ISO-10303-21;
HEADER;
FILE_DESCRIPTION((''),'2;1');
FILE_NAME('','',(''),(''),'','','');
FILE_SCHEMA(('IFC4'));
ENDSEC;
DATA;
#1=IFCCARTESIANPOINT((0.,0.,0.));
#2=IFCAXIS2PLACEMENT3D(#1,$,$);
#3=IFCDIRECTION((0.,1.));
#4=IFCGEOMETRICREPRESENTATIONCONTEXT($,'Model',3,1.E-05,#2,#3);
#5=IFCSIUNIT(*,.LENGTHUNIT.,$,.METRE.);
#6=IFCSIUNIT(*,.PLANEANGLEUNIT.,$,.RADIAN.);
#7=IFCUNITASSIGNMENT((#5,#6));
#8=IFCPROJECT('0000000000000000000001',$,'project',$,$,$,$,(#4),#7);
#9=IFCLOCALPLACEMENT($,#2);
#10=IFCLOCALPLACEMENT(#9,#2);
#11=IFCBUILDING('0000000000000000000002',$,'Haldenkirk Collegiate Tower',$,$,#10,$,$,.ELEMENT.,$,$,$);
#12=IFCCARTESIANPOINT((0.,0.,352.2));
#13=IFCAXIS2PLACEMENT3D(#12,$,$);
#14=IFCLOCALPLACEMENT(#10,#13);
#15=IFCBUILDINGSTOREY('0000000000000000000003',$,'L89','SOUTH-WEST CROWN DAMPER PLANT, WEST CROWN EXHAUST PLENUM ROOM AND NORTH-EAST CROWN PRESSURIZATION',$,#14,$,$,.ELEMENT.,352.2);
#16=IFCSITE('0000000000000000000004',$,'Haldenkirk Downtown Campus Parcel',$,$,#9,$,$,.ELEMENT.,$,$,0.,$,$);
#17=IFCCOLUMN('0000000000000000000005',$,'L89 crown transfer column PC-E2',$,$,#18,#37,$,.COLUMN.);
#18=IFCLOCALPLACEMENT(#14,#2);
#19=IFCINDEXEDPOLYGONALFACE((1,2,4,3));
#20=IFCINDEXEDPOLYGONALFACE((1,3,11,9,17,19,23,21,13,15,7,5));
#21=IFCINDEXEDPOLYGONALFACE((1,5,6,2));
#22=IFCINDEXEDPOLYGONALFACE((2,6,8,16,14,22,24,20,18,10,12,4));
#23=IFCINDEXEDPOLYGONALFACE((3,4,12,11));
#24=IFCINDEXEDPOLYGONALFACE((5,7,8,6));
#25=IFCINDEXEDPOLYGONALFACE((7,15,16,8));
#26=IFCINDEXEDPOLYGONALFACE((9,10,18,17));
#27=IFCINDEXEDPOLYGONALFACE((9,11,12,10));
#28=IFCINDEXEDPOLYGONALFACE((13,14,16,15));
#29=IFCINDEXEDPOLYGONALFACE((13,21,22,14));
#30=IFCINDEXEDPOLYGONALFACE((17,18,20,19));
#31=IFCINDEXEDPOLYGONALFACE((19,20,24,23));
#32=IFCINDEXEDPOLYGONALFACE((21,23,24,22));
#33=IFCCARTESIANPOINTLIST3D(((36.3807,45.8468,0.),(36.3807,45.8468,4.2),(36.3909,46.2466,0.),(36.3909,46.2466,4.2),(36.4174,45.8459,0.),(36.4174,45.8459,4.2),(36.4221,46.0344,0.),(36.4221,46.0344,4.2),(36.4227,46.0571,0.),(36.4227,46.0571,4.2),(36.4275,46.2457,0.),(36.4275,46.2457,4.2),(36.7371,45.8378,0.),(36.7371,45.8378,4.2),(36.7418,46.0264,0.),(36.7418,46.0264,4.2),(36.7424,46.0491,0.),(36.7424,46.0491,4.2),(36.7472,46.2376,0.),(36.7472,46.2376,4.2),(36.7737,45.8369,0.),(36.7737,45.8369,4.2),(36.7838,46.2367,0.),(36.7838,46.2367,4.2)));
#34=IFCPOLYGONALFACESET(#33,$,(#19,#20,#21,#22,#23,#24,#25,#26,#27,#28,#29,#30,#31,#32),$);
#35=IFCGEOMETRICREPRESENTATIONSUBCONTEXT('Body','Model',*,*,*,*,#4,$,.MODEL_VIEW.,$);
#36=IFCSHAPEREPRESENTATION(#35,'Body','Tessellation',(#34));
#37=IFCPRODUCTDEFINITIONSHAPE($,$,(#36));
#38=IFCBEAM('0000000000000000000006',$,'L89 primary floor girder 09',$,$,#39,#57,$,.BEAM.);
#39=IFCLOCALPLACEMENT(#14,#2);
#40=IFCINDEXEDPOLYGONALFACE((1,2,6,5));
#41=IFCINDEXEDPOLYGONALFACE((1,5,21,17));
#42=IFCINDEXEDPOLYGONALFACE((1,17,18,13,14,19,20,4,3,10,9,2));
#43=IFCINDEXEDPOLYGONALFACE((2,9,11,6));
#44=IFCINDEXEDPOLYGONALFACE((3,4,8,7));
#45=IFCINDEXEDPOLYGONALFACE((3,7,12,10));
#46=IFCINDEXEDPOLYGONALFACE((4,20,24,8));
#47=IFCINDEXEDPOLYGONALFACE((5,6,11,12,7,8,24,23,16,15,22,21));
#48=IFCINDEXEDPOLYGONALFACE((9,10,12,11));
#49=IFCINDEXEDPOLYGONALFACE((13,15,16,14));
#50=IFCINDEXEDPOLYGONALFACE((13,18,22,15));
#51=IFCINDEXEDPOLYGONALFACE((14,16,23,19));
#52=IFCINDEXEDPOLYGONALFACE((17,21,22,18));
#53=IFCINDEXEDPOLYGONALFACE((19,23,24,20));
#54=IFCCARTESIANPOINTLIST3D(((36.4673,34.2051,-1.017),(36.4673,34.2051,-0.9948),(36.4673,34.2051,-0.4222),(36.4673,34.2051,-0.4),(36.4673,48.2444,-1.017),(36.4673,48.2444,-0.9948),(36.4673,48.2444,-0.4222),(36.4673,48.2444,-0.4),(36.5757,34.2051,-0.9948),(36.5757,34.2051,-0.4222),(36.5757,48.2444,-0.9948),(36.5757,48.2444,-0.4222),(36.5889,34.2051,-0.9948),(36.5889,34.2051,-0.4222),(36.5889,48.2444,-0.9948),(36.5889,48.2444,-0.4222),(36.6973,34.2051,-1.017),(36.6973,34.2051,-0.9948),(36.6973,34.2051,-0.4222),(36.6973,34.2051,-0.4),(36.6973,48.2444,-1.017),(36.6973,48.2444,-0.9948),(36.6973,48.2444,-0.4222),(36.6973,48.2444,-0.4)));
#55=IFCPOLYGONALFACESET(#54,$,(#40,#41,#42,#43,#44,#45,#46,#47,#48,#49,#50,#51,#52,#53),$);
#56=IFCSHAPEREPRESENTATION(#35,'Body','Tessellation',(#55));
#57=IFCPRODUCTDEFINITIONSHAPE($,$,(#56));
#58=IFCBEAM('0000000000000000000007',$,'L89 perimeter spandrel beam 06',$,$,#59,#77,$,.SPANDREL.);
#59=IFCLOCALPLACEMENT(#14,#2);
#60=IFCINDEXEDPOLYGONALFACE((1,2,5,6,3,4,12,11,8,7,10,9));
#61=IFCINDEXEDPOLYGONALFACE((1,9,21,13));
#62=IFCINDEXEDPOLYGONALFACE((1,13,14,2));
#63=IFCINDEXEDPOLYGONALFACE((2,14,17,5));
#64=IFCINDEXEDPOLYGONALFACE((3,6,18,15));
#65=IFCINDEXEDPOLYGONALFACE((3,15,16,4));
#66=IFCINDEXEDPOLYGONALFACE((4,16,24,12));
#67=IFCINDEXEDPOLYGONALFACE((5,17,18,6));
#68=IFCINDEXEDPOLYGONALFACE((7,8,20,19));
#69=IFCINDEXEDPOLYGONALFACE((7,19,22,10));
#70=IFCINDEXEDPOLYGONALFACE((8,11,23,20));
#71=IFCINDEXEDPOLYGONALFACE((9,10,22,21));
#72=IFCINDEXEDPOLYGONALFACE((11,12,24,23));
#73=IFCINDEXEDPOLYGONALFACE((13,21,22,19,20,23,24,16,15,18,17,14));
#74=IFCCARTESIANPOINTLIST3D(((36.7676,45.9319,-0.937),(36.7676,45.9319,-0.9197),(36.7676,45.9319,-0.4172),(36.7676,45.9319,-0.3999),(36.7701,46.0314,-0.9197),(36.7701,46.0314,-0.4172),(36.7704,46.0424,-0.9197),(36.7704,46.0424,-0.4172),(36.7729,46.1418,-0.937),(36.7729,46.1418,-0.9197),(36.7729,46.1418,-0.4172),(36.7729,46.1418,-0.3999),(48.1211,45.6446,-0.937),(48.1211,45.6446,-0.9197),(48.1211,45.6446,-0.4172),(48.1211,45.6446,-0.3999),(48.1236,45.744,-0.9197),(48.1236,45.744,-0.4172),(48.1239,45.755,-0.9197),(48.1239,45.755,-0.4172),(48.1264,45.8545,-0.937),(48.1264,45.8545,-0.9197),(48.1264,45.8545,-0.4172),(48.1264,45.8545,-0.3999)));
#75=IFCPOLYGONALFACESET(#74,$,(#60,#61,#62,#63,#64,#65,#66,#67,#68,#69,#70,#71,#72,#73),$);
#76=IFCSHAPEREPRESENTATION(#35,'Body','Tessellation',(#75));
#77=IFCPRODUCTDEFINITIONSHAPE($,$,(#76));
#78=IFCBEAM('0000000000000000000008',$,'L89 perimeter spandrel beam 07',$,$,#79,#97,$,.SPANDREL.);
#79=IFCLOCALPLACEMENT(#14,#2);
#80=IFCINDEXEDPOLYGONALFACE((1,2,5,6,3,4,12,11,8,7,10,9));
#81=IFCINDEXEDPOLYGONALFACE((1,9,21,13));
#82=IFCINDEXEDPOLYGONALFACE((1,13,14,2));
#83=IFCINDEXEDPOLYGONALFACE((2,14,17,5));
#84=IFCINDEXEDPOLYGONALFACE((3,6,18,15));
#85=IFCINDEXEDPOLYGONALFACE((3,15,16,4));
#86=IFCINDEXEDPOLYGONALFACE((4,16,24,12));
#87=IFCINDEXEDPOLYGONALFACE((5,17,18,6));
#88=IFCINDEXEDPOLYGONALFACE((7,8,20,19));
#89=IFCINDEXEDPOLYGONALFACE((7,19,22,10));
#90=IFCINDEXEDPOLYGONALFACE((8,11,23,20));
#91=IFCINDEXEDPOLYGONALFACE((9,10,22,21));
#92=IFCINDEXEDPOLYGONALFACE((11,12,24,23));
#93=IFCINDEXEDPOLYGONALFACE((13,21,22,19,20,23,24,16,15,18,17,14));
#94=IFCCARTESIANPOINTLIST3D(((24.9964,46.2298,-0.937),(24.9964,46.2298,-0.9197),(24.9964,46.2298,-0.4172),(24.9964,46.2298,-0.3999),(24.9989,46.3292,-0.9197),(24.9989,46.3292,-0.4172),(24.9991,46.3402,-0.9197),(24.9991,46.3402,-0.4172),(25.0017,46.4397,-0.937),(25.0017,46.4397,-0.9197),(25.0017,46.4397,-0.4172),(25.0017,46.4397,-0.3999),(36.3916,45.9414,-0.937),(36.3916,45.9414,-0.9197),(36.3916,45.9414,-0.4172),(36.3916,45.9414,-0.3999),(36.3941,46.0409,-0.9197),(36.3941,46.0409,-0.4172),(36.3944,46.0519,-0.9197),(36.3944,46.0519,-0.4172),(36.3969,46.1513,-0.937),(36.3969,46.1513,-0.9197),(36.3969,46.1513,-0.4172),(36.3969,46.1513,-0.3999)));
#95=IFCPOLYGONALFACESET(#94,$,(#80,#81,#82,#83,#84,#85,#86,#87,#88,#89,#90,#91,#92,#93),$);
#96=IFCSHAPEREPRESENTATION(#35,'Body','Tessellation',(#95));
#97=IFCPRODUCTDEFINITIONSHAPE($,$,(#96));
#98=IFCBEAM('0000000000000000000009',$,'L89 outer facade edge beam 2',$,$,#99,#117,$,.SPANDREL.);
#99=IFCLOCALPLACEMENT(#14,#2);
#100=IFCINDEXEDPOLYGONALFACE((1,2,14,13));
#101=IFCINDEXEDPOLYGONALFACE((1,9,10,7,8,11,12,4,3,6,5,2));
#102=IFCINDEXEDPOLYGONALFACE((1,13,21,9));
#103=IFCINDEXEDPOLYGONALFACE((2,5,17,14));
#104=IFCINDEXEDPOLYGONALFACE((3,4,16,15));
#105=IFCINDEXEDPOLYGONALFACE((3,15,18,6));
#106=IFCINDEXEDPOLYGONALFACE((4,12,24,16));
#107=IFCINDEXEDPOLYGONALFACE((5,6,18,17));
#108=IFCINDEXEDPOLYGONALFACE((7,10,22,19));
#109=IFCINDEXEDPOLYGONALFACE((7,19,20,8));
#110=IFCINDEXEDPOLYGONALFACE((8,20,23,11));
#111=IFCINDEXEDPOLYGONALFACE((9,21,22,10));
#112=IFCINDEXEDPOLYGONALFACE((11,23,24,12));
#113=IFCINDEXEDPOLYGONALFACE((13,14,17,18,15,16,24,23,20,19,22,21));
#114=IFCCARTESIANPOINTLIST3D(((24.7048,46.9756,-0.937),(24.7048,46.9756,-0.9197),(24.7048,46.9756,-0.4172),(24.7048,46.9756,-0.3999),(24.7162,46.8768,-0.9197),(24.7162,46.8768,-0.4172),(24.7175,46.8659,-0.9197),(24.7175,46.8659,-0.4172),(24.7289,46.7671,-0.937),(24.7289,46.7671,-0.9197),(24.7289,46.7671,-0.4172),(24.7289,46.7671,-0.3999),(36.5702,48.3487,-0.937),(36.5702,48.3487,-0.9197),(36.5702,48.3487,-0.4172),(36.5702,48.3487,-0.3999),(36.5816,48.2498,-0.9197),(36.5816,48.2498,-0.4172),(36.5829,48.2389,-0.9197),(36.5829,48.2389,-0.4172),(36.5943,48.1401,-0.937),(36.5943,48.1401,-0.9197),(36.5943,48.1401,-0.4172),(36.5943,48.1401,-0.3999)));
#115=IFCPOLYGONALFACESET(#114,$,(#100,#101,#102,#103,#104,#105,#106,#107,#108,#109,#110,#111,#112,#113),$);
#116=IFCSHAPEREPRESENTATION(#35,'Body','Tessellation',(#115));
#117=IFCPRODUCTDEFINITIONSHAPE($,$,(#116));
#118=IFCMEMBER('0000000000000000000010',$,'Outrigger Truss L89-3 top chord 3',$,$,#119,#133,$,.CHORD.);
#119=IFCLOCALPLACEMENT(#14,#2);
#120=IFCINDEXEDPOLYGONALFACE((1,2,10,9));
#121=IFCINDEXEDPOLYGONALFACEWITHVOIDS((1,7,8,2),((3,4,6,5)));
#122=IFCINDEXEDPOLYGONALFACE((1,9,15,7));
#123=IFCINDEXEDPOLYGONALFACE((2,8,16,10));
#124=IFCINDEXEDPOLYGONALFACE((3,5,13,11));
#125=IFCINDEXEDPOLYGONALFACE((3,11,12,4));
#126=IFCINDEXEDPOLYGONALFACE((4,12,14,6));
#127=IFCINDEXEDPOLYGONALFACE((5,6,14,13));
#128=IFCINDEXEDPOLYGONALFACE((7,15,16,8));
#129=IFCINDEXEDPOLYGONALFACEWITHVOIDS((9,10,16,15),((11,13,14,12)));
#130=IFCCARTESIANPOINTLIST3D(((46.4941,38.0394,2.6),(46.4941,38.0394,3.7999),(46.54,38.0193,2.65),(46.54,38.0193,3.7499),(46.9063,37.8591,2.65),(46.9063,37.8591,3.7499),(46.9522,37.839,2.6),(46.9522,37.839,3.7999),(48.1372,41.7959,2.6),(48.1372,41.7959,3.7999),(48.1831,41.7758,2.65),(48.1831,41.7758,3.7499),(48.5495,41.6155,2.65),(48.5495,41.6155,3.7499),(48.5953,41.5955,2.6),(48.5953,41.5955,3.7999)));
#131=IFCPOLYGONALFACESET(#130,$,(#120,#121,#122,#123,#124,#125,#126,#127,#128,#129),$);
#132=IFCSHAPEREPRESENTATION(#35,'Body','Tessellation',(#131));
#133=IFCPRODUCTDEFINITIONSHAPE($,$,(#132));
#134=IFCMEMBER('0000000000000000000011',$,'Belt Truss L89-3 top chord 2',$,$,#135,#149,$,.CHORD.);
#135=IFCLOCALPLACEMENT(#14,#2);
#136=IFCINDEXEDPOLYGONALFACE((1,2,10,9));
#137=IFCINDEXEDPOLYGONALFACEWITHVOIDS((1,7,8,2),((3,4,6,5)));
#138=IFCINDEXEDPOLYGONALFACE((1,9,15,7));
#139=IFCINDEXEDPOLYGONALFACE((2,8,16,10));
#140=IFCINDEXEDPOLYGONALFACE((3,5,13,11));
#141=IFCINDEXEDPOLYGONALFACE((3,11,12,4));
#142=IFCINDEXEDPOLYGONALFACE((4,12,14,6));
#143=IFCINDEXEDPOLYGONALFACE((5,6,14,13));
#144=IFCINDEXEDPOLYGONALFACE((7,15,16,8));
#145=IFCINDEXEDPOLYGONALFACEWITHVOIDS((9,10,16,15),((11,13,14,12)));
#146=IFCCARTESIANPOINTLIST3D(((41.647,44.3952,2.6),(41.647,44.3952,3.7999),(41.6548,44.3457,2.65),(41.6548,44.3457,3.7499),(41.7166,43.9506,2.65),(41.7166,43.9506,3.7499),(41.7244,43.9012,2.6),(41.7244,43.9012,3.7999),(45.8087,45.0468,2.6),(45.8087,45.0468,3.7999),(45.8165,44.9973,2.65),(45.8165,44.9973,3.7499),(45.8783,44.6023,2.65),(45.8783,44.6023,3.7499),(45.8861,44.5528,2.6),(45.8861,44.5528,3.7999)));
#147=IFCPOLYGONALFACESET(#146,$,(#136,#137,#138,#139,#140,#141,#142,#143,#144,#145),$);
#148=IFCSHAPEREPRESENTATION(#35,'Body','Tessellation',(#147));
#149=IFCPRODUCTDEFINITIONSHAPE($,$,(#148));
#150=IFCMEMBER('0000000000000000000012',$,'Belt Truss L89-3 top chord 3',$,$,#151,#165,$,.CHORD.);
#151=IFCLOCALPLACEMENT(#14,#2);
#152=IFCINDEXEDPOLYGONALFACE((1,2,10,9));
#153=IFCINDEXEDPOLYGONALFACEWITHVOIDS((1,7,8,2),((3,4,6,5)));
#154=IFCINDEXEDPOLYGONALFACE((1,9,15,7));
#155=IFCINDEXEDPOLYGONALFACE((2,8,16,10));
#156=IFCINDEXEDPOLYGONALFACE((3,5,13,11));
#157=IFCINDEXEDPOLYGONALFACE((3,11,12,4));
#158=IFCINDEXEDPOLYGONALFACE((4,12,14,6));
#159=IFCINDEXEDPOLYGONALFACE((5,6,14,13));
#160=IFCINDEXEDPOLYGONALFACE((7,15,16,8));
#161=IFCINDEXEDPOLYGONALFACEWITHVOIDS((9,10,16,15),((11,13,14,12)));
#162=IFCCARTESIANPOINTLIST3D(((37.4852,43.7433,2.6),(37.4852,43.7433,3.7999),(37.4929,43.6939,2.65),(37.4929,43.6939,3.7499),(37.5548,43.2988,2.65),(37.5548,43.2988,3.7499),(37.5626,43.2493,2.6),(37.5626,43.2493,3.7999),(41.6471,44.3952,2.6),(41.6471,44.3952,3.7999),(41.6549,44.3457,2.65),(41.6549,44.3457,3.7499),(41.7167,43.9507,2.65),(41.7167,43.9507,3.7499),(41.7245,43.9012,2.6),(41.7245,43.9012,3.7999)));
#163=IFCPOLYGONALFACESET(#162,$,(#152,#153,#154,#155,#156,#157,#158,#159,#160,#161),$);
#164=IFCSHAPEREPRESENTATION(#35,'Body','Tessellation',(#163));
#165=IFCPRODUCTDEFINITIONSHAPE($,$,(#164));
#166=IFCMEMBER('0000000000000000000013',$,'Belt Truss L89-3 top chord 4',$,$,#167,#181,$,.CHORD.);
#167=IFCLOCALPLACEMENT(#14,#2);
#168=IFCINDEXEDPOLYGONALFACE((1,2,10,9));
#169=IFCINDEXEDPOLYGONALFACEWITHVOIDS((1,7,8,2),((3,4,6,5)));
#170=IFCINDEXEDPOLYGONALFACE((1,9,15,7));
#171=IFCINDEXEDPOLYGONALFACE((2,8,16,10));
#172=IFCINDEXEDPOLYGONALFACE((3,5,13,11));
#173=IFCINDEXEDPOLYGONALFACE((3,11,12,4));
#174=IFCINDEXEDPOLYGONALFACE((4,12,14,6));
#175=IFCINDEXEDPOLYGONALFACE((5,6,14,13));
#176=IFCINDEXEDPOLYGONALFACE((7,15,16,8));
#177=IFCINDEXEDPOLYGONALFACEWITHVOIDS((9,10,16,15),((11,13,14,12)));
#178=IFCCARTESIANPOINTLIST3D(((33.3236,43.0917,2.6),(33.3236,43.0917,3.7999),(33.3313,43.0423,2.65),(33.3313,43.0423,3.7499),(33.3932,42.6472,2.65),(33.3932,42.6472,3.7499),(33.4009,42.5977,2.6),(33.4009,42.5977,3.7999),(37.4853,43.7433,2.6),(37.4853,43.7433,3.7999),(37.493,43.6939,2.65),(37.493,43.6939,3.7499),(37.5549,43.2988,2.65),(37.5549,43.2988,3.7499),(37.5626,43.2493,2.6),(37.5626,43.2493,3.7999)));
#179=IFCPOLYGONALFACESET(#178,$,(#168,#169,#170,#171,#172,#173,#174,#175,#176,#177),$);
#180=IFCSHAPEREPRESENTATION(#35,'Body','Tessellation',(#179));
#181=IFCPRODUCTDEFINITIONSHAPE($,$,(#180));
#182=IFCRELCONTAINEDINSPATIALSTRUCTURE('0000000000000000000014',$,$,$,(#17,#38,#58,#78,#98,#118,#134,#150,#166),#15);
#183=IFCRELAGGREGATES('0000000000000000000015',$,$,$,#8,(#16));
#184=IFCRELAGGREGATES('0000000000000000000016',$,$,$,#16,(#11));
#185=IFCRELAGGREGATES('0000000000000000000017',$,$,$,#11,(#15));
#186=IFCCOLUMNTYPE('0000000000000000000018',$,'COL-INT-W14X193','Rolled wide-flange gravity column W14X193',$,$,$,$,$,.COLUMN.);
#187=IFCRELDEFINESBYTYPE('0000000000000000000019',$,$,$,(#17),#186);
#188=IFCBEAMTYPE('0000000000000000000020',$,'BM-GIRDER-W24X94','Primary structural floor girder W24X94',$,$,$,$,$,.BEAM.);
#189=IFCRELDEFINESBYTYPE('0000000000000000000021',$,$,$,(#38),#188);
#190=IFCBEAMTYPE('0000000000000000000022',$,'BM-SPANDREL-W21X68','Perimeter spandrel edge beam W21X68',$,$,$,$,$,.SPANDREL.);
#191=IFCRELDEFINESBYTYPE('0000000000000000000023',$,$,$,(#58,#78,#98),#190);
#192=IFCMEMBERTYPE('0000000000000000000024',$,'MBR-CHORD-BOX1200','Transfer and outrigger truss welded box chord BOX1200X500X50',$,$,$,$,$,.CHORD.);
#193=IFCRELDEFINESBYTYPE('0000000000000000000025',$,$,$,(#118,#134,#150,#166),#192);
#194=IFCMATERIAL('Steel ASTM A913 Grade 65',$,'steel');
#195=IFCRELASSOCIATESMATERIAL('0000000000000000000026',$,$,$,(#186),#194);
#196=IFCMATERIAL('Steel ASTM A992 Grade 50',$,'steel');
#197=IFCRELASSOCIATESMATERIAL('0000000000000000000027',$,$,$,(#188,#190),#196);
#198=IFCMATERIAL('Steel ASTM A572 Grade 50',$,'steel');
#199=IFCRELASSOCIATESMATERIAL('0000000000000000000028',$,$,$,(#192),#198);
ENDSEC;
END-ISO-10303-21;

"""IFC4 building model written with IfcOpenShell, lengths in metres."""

from ifc_helpers import new_model, si_unit, direction, frame, origin, origin_2d, place, context, subcontext, project, spatial, hollow_rectangle, i_section, extrude, material, material_profile, profile_set, type_object, element, save


model = new_model("IFC4")

# Units and contexts
model_context = context("Model", 3, precision=1e-05, world=origin(), true_north=direction((0.0, 1.0)))
body_context = subcontext(model_context, "Body", "Model", "MODEL_VIEW")
ifc_project = project(units=[si_unit("LENGTHUNIT", "METRE"), si_unit("PLANEANGLEUNIT", "RADIAN")], contexts=[model_context])

# Site, building, storey
site_placement = place(None, origin())
site = spatial("IfcSite", under=ifc_project, at=site_placement, Name="Haldenkirk Downtown Campus Parcel", CompositionType="ELEMENT", RefElevation=0.0)
building_placement = place(site_placement, origin())
building = spatial("IfcBuilding", under=site, at=building_placement, Name="Haldenkirk Collegiate Tower", CompositionType="ELEMENT")
storey_placement = place(building_placement, frame((0.0, 0.0, 352.2)))
storey = spatial("IfcBuildingStorey", under=building, at=storey_placement, Name="L89", Description="SOUTH-WEST CROWN DAMPER PLANT, WEST CROWN EXHAUST PLENUM ROOM AND NORTH-EAST CROWN PRESSURIZATION", CompositionType="ELEMENT", Elevation=352.2)

# Column
ifc_material_1 = material(Name="Steel ASTM A913 Grade 65", Category="steel")
ifc_material_profile_1 = material_profile(ifc_material_1, i_section(OverallWidth=0.3999, OverallDepth=0.3931, WebThickness=0.0227, FlangeThickness=0.0366, at=origin_2d()), Name="W14X193")
ifc_profile_set_1 = profile_set([ifc_material_profile_1], Name="Steel ASTM A913 Grade 65")
column_type = type_object("IfcColumnType", Name="COL-INT-W14X193", Description="Rolled wide-flange gravity column W14X193", PredefinedType="COLUMN", material=ifc_profile_set_1)
column_placement = place(storey_placement, frame((36.5823, 46.0417, 0.0), z_axis=(0.0, 0.0, 1.0), x_axis=(0.025305, 0.99968, 0.0)))
element("IfcColumn", 1, at=column_placement, inside=storey, type_object=column_type, Name="L89 crown transfer column PC-E2", PredefinedType="COLUMN", context=body_context, shape_type="SweptSolid", body=[
    extrude(i_section(OverallWidth=0.3999, OverallDepth=0.3931, WebThickness=0.0227, FlangeThickness=0.0366, at=origin_2d()), origin(), (0.0, 0.0, 1.0), 4.2),
])

# Beams
ifc_material_2 = material(Name="Steel ASTM A992 Grade 50", Category="steel")
ifc_material_profile_2 = material_profile(ifc_material_2, i_section(OverallWidth=0.23, OverallDepth=0.6169, WebThickness=0.0132, FlangeThickness=0.0222, at=origin_2d()), Name="W24X94")
ifc_profile_set_2 = profile_set([ifc_material_profile_2], Name="Steel ASTM A992 Grade 50")
beam_type_1 = type_object("IfcBeamType", Name="BM-GIRDER-W24X94", Description="Primary structural floor girder W24X94", PredefinedType="BEAM", material=ifc_profile_set_2)
beam_1_placement = place(storey_placement, frame((36.5823, 48.2444, -0.7085), z_axis=(0.0, -1.0, 0.0), x_axis=(1.0, 0.0, 0.0)))
element("IfcBeam", 2, at=beam_1_placement, inside=storey, type_object=beam_type_1, Name="L89 primary floor girder 09", PredefinedType="BEAM", context=body_context, shape_type="SweptSolid", body=[
    extrude(i_section(OverallWidth=0.23, OverallDepth=0.6169, WebThickness=0.0132, FlangeThickness=0.0222, at=origin_2d()), origin(), (0.0, 0.0, 1.0), 14.0393),
])
ifc_material_profile_3 = material_profile(ifc_material_2, i_section(OverallWidth=0.21, OverallDepth=0.5371, WebThickness=0.011, FlangeThickness=0.0173, at=origin_2d()), Name="W21X68")
ifc_profile_set_3 = profile_set([ifc_material_profile_3], Name="Steel ASTM A992 Grade 50")
beam_type_2 = type_object("IfcBeamType", Name="BM-SPANDREL-W21X68", Description="Perimeter spandrel edge beam W21X68", PredefinedType="SPANDREL", material=ifc_profile_set_3)
beam_2_placement = place(storey_placement, frame((48.1238, 45.7495, -0.6685), z_axis=(-0.99968, 0.025302, 0.0), x_axis=(-0.025302, -0.99968, 0.0)))
element("IfcBeam", 3, at=beam_2_placement, inside=storey, type_object=beam_type_2, Name="L89 perimeter spandrel beam 06", PredefinedType="SPANDREL", context=body_context, shape_type="SweptSolid", body=[
    extrude(i_section(OverallWidth=0.21, OverallDepth=0.5371, WebThickness=0.011, FlangeThickness=0.0173, at=origin_2d()), origin(), (0.0, 0.0, 1.0), 11.3572),
])
beam_3_placement = place(storey_placement, frame((36.3943, 46.0464, -0.6685), z_axis=(-0.99968, 0.025295, 0.0), x_axis=(-0.025295, -0.99968, 0.0)))
element("IfcBeam", 4, at=beam_3_placement, inside=storey, type_object=beam_type_2, Name="L89 perimeter spandrel beam 07", PredefinedType="SPANDREL", context=body_context, shape_type="SweptSolid", body=[
    extrude(i_section(OverallWidth=0.21, OverallDepth=0.5371, WebThickness=0.011, FlangeThickness=0.0173, at=origin_2d()), origin(), (0.0, 0.0, 1.0), 11.3989),
])
beam_4_placement = place(storey_placement, frame((36.5823, 48.2444, -0.6685), z_axis=(-0.993371, -0.114951, 0.0), x_axis=(0.114951, -0.993371, 0.0)))
element("IfcBeam", 5, at=beam_4_placement, inside=storey, type_object=beam_type_2, Name="L89 outer facade edge beam 2", PredefinedType="SPANDREL", context=body_context, shape_type="SweptSolid", body=[
    extrude(i_section(OverallWidth=0.21, OverallDepth=0.5371, WebThickness=0.011, FlangeThickness=0.0173, at=origin_2d()), origin(), (0.0, 0.0, 1.0), 11.9446),
])

# Members
ifc_material_3 = material(Name="Steel ASTM A572 Grade 50", Category="steel")
ifc_material_profile_4 = material_profile(ifc_material_3, hollow_rectangle(XDim=0.5, YDim=1.2, WallThickness=0.05, at=origin_2d()), Name="BOX1200X500X50")
ifc_profile_set_4 = profile_set([ifc_material_profile_4], Name="Steel ASTM A572 Grade 50")
member_type_1 = type_object("IfcMemberType", Name="MBR-CHORD-BOX1200", Description="Transfer and outrigger truss welded box chord BOX1200X500X50", PredefinedType="CHORD", material=ifc_profile_set_4)
member_1_placement = place(storey_placement, frame((46.7231, 37.9392, 3.2), z_axis=(0.40075, 0.916187, 0.0), x_axis=(-0.916187, 0.40075, 0.0)))
element("IfcMember", 6, at=member_1_placement, inside=storey, type_object=member_type_1, Name="Outrigger Truss L89-3 top chord 3", PredefinedType="CHORD", context=body_context, shape_type="SweptSolid", body=[
    extrude(hollow_rectangle(XDim=0.5, YDim=1.2, WallThickness=0.05, at=origin_2d()), origin(), (0.0, 0.0, 1.0), 4.1001),
])
member_2_placement = place(storey_placement, frame((45.8474, 44.7998, 3.2), z_axis=(-0.987963, -0.154692, 0.0), x_axis=(0.154692, -0.987963, 0.0)))
element("IfcMember", 7, at=member_2_placement, inside=storey, type_object=member_type_1, Name="Belt Truss L89-3 top chord 2", PredefinedType="CHORD", context=body_context, shape_type="SweptSolid", body=[
    extrude(hollow_rectangle(XDim=0.5, YDim=1.2, WallThickness=0.05, at=origin_2d()), origin(), (0.0, 0.0, 1.0), 4.2124),
])
member_3_placement = place(storey_placement, frame((41.6858, 44.1482, 3.2), z_axis=(-0.987955, -0.154739, 0.0), x_axis=(0.154739, -0.987955, 0.0)))
element("IfcMember", 8, at=member_3_placement, inside=storey, type_object=member_type_1, Name="Belt Truss L89-3 top chord 3", PredefinedType="CHORD", context=body_context, shape_type="SweptSolid", body=[
    extrude(hollow_rectangle(XDim=0.5, YDim=1.2, WallThickness=0.05, at=origin_2d()), origin(), (0.0, 0.0, 1.0), 4.2126),
])
member_4_placement = place(storey_placement, frame((37.5239, 43.4963, 3.2), z_axis=(-0.987963, -0.154692, 0.0), x_axis=(0.154692, -0.987963, 0.0)))
element("IfcMember", 9, at=member_4_placement, inside=storey, type_object=member_type_1, Name="Belt Truss L89-3 top chord 4", PredefinedType="CHORD", context=body_context, shape_type="SweptSolid", body=[
    extrude(hollow_rectangle(XDim=0.5, YDim=1.2, WallThickness=0.05, at=origin_2d()), origin(), (0.0, 0.0, 1.0), 4.2124),
])

save(model, "model.ifc")
